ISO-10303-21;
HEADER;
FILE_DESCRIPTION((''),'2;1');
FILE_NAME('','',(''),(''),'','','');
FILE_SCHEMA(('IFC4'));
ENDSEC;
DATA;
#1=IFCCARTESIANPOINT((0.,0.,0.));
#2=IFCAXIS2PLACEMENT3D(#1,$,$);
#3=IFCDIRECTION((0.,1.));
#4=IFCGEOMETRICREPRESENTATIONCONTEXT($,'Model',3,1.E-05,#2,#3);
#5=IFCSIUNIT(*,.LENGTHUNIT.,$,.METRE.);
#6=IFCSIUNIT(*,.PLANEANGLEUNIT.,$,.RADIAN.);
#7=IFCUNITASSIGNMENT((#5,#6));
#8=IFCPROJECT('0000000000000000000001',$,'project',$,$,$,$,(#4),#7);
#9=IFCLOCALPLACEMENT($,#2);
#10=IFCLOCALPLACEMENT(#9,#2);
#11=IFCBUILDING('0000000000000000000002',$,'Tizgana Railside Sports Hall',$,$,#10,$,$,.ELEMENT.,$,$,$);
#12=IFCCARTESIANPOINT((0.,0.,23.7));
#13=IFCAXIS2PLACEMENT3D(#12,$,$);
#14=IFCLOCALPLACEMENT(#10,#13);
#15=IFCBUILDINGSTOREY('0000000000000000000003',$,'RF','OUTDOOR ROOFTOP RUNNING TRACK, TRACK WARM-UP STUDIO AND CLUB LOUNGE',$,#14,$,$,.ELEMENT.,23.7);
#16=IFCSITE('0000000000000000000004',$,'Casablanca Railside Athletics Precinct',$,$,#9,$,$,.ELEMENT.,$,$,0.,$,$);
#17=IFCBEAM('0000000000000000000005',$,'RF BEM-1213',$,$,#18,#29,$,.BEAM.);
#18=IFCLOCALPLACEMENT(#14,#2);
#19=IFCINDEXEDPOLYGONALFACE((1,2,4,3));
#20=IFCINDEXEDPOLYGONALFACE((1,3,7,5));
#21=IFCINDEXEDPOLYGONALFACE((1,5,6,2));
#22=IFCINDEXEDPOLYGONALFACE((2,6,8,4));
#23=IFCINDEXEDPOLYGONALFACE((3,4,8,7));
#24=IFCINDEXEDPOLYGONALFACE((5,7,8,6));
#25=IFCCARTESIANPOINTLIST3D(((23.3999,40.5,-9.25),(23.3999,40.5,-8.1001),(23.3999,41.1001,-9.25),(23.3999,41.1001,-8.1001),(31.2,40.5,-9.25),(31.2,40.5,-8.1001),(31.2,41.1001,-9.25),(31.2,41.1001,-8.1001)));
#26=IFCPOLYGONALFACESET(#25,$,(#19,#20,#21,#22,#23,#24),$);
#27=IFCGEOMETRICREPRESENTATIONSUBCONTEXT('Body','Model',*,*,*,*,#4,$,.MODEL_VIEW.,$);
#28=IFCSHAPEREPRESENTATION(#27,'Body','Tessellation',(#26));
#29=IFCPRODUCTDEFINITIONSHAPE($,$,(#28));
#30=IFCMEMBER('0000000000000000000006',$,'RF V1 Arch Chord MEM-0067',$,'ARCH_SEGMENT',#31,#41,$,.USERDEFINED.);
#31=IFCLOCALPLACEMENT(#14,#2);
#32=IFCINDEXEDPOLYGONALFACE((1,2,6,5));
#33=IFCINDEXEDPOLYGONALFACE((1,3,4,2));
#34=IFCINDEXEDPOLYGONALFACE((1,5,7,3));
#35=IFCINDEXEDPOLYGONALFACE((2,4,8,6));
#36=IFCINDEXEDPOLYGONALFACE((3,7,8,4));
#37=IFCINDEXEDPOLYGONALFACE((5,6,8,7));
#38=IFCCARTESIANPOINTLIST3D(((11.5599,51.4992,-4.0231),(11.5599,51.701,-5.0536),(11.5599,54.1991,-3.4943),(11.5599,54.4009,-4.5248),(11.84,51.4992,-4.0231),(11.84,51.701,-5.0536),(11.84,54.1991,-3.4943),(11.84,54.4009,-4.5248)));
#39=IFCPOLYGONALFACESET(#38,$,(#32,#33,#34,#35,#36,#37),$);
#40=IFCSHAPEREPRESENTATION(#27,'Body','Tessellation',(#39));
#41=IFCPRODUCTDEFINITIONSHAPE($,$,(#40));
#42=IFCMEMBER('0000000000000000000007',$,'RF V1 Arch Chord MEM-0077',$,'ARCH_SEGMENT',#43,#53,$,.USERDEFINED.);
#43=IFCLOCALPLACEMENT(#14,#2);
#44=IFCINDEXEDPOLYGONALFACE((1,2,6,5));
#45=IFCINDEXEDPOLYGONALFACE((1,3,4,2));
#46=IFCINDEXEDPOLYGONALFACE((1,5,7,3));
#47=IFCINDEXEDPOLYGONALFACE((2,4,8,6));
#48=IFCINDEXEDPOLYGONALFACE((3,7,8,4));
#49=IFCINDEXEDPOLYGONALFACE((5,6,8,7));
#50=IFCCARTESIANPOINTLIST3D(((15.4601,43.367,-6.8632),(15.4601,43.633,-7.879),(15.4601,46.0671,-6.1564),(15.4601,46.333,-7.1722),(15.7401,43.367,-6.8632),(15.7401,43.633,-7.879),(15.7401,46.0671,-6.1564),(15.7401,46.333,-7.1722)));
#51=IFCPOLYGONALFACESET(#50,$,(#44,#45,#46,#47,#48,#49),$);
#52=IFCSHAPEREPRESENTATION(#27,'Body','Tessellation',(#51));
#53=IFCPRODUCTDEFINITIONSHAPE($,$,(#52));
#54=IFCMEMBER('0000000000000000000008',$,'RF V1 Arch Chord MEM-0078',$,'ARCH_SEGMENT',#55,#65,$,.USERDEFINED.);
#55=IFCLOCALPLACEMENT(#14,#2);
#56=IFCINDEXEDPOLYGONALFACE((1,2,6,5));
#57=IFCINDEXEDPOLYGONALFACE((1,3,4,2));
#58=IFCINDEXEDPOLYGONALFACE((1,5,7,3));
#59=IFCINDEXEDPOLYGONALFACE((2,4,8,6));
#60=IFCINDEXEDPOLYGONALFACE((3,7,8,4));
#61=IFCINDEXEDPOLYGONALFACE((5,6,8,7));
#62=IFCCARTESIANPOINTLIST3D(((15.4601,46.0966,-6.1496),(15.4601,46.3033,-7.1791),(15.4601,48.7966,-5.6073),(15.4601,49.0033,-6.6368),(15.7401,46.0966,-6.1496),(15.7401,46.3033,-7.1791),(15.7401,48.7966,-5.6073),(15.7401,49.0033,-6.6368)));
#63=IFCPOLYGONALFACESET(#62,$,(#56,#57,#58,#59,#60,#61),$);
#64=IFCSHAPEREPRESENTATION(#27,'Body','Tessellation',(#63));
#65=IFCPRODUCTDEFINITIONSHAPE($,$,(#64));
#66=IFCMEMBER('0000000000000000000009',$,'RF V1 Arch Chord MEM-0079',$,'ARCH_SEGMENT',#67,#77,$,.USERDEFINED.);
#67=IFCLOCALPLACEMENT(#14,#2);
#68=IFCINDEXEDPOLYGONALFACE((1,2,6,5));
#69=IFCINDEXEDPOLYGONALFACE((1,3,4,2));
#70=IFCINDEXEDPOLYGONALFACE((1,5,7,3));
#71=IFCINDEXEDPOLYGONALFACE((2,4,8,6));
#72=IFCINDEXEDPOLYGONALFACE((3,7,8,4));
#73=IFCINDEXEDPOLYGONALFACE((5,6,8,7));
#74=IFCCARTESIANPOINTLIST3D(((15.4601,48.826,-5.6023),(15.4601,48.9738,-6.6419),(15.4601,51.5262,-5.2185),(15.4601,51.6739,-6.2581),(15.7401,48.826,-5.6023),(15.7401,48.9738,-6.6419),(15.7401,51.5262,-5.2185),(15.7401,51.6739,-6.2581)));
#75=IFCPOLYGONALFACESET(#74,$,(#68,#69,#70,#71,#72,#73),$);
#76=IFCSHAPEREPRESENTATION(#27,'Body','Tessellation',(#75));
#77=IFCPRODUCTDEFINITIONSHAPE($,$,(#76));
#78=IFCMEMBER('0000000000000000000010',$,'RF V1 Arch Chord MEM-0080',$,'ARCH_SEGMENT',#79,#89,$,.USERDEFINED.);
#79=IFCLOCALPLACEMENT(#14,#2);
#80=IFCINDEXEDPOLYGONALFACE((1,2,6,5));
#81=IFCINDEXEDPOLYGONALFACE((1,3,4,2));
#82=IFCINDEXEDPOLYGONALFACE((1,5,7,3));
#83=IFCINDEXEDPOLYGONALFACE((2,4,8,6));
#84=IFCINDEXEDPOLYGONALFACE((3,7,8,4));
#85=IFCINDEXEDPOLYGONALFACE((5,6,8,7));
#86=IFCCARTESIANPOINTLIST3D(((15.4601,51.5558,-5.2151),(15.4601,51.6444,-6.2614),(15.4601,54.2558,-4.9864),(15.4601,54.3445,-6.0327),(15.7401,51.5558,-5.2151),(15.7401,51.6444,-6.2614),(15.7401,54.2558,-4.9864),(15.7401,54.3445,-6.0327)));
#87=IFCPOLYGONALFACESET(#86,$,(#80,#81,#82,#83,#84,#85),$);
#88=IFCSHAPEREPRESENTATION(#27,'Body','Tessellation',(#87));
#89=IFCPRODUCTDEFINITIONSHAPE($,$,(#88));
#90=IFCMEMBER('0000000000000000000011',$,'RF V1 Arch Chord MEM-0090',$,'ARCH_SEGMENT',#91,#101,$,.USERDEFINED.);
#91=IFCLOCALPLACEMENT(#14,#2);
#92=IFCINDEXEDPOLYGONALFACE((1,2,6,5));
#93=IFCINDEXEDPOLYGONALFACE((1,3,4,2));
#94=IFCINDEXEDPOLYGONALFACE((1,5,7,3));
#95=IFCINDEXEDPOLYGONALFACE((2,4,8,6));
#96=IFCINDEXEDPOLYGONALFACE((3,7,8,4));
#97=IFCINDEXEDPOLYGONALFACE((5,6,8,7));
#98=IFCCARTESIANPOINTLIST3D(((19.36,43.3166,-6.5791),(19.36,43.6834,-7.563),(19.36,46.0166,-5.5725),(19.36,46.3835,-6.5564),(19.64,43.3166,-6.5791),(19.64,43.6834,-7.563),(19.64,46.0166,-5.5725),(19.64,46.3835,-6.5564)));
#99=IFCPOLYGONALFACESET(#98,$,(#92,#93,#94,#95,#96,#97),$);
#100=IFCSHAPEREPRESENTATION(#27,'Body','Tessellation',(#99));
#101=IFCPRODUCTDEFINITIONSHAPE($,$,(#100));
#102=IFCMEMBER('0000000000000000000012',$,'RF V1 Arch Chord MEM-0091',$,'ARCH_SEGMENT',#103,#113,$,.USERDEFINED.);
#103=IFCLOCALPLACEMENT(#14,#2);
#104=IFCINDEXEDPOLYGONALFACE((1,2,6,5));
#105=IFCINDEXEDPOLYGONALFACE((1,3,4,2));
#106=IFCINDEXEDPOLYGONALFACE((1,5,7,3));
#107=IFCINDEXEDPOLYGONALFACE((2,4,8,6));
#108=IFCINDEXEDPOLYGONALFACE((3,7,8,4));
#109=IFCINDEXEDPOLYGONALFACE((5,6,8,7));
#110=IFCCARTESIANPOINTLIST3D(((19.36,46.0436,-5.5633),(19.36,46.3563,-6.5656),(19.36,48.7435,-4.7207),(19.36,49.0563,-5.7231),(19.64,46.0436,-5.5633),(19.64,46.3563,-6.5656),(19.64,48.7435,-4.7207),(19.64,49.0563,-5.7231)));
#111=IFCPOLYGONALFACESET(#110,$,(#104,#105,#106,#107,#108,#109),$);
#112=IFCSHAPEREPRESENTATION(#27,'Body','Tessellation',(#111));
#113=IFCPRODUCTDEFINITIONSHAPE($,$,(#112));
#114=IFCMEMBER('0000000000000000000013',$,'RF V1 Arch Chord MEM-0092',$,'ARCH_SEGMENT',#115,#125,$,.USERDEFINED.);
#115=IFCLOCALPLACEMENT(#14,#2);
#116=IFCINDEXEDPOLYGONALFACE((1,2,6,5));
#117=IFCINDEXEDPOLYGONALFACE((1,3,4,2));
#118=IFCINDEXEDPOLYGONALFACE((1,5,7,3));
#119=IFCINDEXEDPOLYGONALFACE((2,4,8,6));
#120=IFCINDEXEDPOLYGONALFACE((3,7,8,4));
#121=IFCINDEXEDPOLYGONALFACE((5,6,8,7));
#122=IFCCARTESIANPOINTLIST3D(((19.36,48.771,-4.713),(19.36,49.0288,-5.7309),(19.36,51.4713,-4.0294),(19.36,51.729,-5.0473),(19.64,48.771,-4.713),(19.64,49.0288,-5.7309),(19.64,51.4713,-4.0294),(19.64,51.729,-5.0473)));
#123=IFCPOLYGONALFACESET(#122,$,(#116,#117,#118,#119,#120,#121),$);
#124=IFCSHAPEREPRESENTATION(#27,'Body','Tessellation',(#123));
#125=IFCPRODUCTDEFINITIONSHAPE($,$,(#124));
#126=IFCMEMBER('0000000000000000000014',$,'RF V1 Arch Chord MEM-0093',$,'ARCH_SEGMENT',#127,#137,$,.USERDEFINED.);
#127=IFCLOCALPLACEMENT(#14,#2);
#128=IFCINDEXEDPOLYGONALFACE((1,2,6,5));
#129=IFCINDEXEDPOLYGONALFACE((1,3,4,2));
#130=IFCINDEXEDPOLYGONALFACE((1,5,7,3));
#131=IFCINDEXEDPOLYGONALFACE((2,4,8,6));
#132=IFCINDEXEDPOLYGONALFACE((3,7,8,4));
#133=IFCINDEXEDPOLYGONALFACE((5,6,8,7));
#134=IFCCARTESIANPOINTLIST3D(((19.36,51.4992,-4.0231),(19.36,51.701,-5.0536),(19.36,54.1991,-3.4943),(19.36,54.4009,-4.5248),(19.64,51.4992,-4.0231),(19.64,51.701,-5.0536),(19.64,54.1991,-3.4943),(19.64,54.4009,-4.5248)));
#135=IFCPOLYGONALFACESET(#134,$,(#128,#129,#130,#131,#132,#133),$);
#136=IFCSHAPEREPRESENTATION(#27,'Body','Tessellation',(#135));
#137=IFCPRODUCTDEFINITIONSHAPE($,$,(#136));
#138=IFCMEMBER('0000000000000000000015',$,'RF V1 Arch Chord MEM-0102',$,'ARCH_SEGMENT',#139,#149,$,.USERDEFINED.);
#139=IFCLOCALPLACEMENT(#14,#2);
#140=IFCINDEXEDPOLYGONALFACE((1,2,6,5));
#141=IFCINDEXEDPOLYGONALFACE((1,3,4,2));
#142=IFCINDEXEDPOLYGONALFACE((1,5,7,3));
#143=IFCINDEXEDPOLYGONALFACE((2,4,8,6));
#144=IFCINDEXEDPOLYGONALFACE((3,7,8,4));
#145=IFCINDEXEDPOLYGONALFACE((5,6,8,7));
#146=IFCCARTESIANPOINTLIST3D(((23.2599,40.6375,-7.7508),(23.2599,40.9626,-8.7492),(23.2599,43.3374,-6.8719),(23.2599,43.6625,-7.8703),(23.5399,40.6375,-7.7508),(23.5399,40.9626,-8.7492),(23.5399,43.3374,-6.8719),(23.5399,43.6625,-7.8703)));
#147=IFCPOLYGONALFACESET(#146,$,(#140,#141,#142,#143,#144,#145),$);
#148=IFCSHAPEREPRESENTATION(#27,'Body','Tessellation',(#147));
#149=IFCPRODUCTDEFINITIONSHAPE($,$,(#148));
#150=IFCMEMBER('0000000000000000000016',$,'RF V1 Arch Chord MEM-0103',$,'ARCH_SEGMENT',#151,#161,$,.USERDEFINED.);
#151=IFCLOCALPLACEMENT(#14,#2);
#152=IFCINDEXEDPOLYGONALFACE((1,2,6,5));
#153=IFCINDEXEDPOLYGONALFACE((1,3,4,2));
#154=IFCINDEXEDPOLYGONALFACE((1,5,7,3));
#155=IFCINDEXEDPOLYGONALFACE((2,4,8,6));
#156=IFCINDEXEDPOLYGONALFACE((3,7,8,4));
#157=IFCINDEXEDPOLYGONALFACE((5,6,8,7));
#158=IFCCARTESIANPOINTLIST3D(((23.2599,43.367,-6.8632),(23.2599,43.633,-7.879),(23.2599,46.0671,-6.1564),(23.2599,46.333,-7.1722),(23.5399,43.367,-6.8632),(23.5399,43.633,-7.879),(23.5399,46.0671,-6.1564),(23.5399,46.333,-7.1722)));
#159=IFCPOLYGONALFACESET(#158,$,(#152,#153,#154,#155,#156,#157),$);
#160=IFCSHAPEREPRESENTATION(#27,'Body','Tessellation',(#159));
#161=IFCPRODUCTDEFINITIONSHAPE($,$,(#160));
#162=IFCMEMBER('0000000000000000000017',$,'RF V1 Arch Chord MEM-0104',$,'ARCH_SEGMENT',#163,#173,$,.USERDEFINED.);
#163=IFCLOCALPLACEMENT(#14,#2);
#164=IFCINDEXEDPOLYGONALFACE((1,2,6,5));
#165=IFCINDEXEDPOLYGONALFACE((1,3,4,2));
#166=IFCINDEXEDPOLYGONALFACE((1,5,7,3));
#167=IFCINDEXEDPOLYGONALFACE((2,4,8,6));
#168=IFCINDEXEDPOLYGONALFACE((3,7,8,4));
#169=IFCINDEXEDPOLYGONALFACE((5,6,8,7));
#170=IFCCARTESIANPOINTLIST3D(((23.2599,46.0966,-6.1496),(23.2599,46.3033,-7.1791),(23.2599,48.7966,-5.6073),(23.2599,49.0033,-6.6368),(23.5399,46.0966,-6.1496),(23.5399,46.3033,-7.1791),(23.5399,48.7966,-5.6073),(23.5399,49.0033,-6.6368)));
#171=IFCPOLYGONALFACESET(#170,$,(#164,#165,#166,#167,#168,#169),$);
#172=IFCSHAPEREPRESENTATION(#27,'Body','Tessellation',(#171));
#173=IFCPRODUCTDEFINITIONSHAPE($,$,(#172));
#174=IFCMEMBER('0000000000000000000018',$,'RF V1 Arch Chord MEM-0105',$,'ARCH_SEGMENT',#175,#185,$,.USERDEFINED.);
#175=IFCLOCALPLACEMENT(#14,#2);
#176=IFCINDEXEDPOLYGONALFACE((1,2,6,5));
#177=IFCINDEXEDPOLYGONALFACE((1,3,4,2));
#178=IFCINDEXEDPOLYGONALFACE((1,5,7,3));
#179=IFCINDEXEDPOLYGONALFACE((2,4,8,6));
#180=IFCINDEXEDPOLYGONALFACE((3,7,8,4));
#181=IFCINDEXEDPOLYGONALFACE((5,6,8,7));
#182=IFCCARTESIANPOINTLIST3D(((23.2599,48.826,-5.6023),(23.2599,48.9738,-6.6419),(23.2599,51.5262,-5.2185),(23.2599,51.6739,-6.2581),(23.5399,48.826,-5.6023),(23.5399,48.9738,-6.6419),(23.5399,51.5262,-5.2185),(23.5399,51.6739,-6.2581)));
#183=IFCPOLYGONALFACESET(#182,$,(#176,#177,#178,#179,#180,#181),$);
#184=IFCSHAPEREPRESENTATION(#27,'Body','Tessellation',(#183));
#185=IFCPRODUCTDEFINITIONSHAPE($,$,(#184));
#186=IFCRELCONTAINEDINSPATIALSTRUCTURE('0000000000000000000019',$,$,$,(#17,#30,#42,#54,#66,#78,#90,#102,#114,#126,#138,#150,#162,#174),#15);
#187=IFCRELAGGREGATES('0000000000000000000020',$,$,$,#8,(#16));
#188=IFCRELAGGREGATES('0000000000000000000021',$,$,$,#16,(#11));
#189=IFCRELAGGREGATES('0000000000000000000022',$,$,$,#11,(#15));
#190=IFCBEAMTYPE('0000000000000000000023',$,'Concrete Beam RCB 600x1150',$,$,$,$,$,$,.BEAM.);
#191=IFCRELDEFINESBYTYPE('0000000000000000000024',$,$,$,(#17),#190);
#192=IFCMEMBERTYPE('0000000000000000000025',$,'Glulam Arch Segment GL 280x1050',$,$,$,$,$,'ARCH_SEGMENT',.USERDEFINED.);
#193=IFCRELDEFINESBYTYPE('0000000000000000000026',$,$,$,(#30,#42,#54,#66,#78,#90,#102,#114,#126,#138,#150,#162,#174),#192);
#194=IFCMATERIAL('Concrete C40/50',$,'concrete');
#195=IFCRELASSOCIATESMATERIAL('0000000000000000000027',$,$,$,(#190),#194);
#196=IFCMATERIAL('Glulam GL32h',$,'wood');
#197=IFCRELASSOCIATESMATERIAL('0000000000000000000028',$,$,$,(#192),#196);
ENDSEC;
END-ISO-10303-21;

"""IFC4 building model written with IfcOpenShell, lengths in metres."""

from ifc_helpers import new_model, si_unit, direction, frame, origin, origin_2d, place, context, subcontext, project, spatial, rectangle, extrude, material, material_profile, profile_set, type_object, element, save


model = new_model("IFC4")

# Units and contexts
model_context = context("Model", 3, precision=1e-05, world=origin(), true_north=direction((0.0, 1.0)))
body_context = subcontext(model_context, "Body", "Model", "MODEL_VIEW")
ifc_project = project(units=[si_unit("LENGTHUNIT", "METRE"), si_unit("PLANEANGLEUNIT", "RADIAN")], contexts=[model_context])

# Site, building, storey
site_placement = place(None, origin())
site = spatial("IfcSite", under=ifc_project, at=site_placement, Name="Casablanca Railside Athletics Precinct", CompositionType="ELEMENT", RefElevation=0.0)
building_placement = place(site_placement, origin())
building = spatial("IfcBuilding", under=site, at=building_placement, Name="Tizgana Railside Sports Hall", CompositionType="ELEMENT")
storey_placement = place(building_placement, frame((0.0, 0.0, 23.7)))
storey = spatial("IfcBuildingStorey", under=building, at=storey_placement, Name="RF", Description="OUTDOOR ROOFTOP RUNNING TRACK, TRACK WARM-UP STUDIO AND CLUB LOUNGE", CompositionType="ELEMENT", Elevation=23.7)

# Beam
ifc_material_1 = material(Name="Concrete C40/50", Category="concrete")
ifc_material_profile_1 = material_profile(ifc_material_1, rectangle(XDim=0.6001, YDim=1.1499, at=origin_2d()), Name="RCB 600x1150")
ifc_profile_set_1 = profile_set([ifc_material_profile_1], Name="Concrete C40/50")
beam_type = type_object("IfcBeamType", Name="Concrete Beam RCB 600x1150", PredefinedType="BEAM", material=ifc_profile_set_1)
beam_placement = place(storey_placement, frame((23.3999, 40.8, -8.675), z_axis=(1.0, 0.0, 0.0), x_axis=(0.0, 1.0, 0.0)))
element("IfcBeam", 1, at=beam_placement, inside=storey, type_object=beam_type, Name="RF BEM-1213", PredefinedType="BEAM", context=body_context, shape_type="SweptSolid", body=[
    extrude(rectangle(XDim=0.6001, YDim=1.1499, at=origin_2d()), origin(), (0.0, 0.0, 1.0), 7.8),
])

# Members
ifc_material_2 = material(Name="Glulam GL32h", Category="wood")
ifc_material_profile_2 = material_profile(ifc_material_2, rectangle(XDim=0.28, YDim=1.05, at=origin_2d()), Name="GL 280x1050")
ifc_profile_set_2 = profile_set([ifc_material_profile_2], Name="Glulam GL32h")
member_type_1 = type_object("IfcMemberType", Name="Glulam Arch Segment GL 280x1050", ElementType="ARCH_SEGMENT", PredefinedType="USERDEFINED", material=ifc_profile_set_2)
member_1_placement = place(storey_placement, frame((11.7, 51.6001, -4.5383), z_axis=(0.0, 0.981354, 0.192207), x_axis=(-1.0, 0.0, 0.0)))
element("IfcMember", 2, at=member_1_placement, inside=storey, type_object=member_type_1, Name="RF V1 Arch Chord MEM-0067", ObjectType="ARCH_SEGMENT", PredefinedType="USERDEFINED", context=body_context, shape_type="SweptSolid", body=[
    extrude(rectangle(XDim=0.28, YDim=1.05, at=origin_2d()), origin(), (0.0, 0.0, 1.0), 2.7512),
])
member_2_placement = place(storey_placement, frame((15.6001, 43.5, -7.3711), z_axis=(0.0, 0.967402, 0.253244), x_axis=(-1.0, 0.0, 0.0)))
element("IfcMember", 3, at=member_2_placement, inside=storey, type_object=member_type_1, Name="RF V1 Arch Chord MEM-0077", ObjectType="ARCH_SEGMENT", PredefinedType="USERDEFINED", context=body_context, shape_type="SweptSolid", body=[
    extrude(rectangle(XDim=0.28, YDim=1.05, at=origin_2d()), origin(), (0.0, 0.0, 1.0), 2.791),
])
member_3_placement = place(storey_placement, frame((15.6001, 46.2, -6.6643), z_axis=(0.0, 0.980424, 0.1969), x_axis=(-1.0, 0.0, 0.0)))
element("IfcMember", 4, at=member_3_placement, inside=storey, type_object=member_type_1, Name="RF V1 Arch Chord MEM-0078", ObjectType="ARCH_SEGMENT", PredefinedType="USERDEFINED", context=body_context, shape_type="SweptSolid", body=[
    extrude(rectangle(XDim=0.28, YDim=1.05, at=origin_2d()), origin(), (0.0, 0.0, 1.0), 2.7539),
])
member_4_placement = place(storey_placement, frame((15.6001, 48.8999, -6.1221), z_axis=(0.0, 0.99005, 0.14072), x_axis=(-1.0, 0.0, 0.0)))
element("IfcMember", 5, at=member_4_placement, inside=storey, type_object=member_type_1, Name="RF V1 Arch Chord MEM-0079", ObjectType="ARCH_SEGMENT", PredefinedType="USERDEFINED", context=body_context, shape_type="SweptSolid", body=[
    extrude(rectangle(XDim=0.28, YDim=1.05, at=origin_2d()), origin(), (0.0, 0.0, 1.0), 2.7273),
])
member_5_placement = place(storey_placement, frame((15.6001, 51.6001, -5.7383), z_axis=(0.0, 0.99643, 0.084425), x_axis=(-1.0, 0.0, 0.0)))
element("IfcMember", 6, at=member_5_placement, inside=storey, type_object=member_type_1, Name="RF V1 Arch Chord MEM-0080", ObjectType="ARCH_SEGMENT", PredefinedType="USERDEFINED", context=body_context, shape_type="SweptSolid", body=[
    extrude(rectangle(XDim=0.28, YDim=1.05, at=origin_2d()), origin(), (0.0, 0.0, 1.0), 2.7097),
])
member_6_placement = place(storey_placement, frame((19.5, 43.5, -7.071), z_axis=(0.0, 0.936999, 0.349331), x_axis=(-1.0, 0.0, 0.0)))
element("IfcMember", 7, at=member_6_placement, inside=storey, type_object=member_type_1, Name="RF V1 Arch Chord MEM-0090", ObjectType="ARCH_SEGMENT", PredefinedType="USERDEFINED", context=body_context, shape_type="SweptSolid", body=[
    extrude(rectangle(XDim=0.28, YDim=1.05, at=origin_2d()), origin(), (0.0, 0.0, 1.0), 2.8816),
])
member_7_placement = place(storey_placement, frame((19.5, 46.2, -6.0645), z_axis=(0.0, 0.954601, 0.297887), x_axis=(-1.0, 0.0, 0.0)))
element("IfcMember", 8, at=member_7_placement, inside=storey, type_object=member_type_1, Name="RF V1 Arch Chord MEM-0091", ObjectType="ARCH_SEGMENT", PredefinedType="USERDEFINED", context=body_context, shape_type="SweptSolid", body=[
    extrude(rectangle(XDim=0.28, YDim=1.05, at=origin_2d()), origin(), (0.0, 0.0, 1.0), 2.8284),
])
member_8_placement = place(storey_placement, frame((19.5, 48.8999, -5.2219), z_axis=(0.0, 0.969416, 0.245422), x_axis=(-1.0, 0.0, 0.0)))
element("IfcMember", 9, at=member_8_placement, inside=storey, type_object=member_type_1, Name="RF V1 Arch Chord MEM-0092", ObjectType="ARCH_SEGMENT", PredefinedType="USERDEFINED", context=body_context, shape_type="SweptSolid", body=[
    extrude(rectangle(XDim=0.28, YDim=1.05, at=origin_2d()), origin(), (0.0, 0.0, 1.0), 2.7854),
])
member_9_placement = place(storey_placement, frame((19.5, 51.6001, -4.5383), z_axis=(0.0, 0.981354, 0.192207), x_axis=(-1.0, 0.0, 0.0)))
element("IfcMember", 10, at=member_9_placement, inside=storey, type_object=member_type_1, Name="RF V1 Arch Chord MEM-0093", ObjectType="ARCH_SEGMENT", PredefinedType="USERDEFINED", context=body_context, shape_type="SweptSolid", body=[
    extrude(rectangle(XDim=0.28, YDim=1.05, at=origin_2d()), origin(), (0.0, 0.0, 1.0), 2.7512),
])
member_10_placement = place(storey_placement, frame((23.3999, 40.8, -8.25), z_axis=(0.0, 0.950887, 0.309539), x_axis=(-1.0, 0.0, 0.0)))
element("IfcMember", 11, at=member_10_placement, inside=storey, type_object=member_type_1, Name="RF V1 Arch Chord MEM-0102", ObjectType="ARCH_SEGMENT", PredefinedType="USERDEFINED", context=body_context, shape_type="SweptSolid", body=[
    extrude(rectangle(XDim=0.28, YDim=1.05, at=origin_2d()), origin(), (0.0, 0.0, 1.0), 2.8394),
])
member_11_placement = place(storey_placement, frame((23.3999, 43.5, -7.3711), z_axis=(0.0, 0.967402, 0.253244), x_axis=(-1.0, 0.0, 0.0)))
element("IfcMember", 12, at=member_11_placement, inside=storey, type_object=member_type_1, Name="RF V1 Arch Chord MEM-0103", ObjectType="ARCH_SEGMENT", PredefinedType="USERDEFINED", context=body_context, shape_type="SweptSolid", body=[
    extrude(rectangle(XDim=0.28, YDim=1.05, at=origin_2d()), origin(), (0.0, 0.0, 1.0), 2.791),
])
member_12_placement = place(storey_placement, frame((23.3999, 46.2, -6.6643), z_axis=(0.0, 0.980424, 0.1969), x_axis=(-1.0, 0.0, 0.0)))
element("IfcMember", 13, at=member_12_placement, inside=storey, type_object=member_type_1, Name="RF V1 Arch Chord MEM-0104", ObjectType="ARCH_SEGMENT", PredefinedType="USERDEFINED", context=body_context, shape_type="SweptSolid", body=[
    extrude(rectangle(XDim=0.28, YDim=1.05, at=origin_2d()), origin(), (0.0, 0.0, 1.0), 2.7539),
])
member_13_placement = place(storey_placement, frame((23.3999, 48.8999, -6.1221), z_axis=(0.0, 0.99005, 0.14072), x_axis=(-1.0, 0.0, 0.0)))
element("IfcMember", 14, at=member_13_placement, inside=storey, type_object=member_type_1, Name="RF V1 Arch Chord MEM-0105", ObjectType="ARCH_SEGMENT", PredefinedType="USERDEFINED", context=body_context, shape_type="SweptSolid", body=[
    extrude(rectangle(XDim=0.28, YDim=1.05, at=origin_2d()), origin(), (0.0, 0.0, 1.0), 2.7273),
])

save(model, "model.ifc")
